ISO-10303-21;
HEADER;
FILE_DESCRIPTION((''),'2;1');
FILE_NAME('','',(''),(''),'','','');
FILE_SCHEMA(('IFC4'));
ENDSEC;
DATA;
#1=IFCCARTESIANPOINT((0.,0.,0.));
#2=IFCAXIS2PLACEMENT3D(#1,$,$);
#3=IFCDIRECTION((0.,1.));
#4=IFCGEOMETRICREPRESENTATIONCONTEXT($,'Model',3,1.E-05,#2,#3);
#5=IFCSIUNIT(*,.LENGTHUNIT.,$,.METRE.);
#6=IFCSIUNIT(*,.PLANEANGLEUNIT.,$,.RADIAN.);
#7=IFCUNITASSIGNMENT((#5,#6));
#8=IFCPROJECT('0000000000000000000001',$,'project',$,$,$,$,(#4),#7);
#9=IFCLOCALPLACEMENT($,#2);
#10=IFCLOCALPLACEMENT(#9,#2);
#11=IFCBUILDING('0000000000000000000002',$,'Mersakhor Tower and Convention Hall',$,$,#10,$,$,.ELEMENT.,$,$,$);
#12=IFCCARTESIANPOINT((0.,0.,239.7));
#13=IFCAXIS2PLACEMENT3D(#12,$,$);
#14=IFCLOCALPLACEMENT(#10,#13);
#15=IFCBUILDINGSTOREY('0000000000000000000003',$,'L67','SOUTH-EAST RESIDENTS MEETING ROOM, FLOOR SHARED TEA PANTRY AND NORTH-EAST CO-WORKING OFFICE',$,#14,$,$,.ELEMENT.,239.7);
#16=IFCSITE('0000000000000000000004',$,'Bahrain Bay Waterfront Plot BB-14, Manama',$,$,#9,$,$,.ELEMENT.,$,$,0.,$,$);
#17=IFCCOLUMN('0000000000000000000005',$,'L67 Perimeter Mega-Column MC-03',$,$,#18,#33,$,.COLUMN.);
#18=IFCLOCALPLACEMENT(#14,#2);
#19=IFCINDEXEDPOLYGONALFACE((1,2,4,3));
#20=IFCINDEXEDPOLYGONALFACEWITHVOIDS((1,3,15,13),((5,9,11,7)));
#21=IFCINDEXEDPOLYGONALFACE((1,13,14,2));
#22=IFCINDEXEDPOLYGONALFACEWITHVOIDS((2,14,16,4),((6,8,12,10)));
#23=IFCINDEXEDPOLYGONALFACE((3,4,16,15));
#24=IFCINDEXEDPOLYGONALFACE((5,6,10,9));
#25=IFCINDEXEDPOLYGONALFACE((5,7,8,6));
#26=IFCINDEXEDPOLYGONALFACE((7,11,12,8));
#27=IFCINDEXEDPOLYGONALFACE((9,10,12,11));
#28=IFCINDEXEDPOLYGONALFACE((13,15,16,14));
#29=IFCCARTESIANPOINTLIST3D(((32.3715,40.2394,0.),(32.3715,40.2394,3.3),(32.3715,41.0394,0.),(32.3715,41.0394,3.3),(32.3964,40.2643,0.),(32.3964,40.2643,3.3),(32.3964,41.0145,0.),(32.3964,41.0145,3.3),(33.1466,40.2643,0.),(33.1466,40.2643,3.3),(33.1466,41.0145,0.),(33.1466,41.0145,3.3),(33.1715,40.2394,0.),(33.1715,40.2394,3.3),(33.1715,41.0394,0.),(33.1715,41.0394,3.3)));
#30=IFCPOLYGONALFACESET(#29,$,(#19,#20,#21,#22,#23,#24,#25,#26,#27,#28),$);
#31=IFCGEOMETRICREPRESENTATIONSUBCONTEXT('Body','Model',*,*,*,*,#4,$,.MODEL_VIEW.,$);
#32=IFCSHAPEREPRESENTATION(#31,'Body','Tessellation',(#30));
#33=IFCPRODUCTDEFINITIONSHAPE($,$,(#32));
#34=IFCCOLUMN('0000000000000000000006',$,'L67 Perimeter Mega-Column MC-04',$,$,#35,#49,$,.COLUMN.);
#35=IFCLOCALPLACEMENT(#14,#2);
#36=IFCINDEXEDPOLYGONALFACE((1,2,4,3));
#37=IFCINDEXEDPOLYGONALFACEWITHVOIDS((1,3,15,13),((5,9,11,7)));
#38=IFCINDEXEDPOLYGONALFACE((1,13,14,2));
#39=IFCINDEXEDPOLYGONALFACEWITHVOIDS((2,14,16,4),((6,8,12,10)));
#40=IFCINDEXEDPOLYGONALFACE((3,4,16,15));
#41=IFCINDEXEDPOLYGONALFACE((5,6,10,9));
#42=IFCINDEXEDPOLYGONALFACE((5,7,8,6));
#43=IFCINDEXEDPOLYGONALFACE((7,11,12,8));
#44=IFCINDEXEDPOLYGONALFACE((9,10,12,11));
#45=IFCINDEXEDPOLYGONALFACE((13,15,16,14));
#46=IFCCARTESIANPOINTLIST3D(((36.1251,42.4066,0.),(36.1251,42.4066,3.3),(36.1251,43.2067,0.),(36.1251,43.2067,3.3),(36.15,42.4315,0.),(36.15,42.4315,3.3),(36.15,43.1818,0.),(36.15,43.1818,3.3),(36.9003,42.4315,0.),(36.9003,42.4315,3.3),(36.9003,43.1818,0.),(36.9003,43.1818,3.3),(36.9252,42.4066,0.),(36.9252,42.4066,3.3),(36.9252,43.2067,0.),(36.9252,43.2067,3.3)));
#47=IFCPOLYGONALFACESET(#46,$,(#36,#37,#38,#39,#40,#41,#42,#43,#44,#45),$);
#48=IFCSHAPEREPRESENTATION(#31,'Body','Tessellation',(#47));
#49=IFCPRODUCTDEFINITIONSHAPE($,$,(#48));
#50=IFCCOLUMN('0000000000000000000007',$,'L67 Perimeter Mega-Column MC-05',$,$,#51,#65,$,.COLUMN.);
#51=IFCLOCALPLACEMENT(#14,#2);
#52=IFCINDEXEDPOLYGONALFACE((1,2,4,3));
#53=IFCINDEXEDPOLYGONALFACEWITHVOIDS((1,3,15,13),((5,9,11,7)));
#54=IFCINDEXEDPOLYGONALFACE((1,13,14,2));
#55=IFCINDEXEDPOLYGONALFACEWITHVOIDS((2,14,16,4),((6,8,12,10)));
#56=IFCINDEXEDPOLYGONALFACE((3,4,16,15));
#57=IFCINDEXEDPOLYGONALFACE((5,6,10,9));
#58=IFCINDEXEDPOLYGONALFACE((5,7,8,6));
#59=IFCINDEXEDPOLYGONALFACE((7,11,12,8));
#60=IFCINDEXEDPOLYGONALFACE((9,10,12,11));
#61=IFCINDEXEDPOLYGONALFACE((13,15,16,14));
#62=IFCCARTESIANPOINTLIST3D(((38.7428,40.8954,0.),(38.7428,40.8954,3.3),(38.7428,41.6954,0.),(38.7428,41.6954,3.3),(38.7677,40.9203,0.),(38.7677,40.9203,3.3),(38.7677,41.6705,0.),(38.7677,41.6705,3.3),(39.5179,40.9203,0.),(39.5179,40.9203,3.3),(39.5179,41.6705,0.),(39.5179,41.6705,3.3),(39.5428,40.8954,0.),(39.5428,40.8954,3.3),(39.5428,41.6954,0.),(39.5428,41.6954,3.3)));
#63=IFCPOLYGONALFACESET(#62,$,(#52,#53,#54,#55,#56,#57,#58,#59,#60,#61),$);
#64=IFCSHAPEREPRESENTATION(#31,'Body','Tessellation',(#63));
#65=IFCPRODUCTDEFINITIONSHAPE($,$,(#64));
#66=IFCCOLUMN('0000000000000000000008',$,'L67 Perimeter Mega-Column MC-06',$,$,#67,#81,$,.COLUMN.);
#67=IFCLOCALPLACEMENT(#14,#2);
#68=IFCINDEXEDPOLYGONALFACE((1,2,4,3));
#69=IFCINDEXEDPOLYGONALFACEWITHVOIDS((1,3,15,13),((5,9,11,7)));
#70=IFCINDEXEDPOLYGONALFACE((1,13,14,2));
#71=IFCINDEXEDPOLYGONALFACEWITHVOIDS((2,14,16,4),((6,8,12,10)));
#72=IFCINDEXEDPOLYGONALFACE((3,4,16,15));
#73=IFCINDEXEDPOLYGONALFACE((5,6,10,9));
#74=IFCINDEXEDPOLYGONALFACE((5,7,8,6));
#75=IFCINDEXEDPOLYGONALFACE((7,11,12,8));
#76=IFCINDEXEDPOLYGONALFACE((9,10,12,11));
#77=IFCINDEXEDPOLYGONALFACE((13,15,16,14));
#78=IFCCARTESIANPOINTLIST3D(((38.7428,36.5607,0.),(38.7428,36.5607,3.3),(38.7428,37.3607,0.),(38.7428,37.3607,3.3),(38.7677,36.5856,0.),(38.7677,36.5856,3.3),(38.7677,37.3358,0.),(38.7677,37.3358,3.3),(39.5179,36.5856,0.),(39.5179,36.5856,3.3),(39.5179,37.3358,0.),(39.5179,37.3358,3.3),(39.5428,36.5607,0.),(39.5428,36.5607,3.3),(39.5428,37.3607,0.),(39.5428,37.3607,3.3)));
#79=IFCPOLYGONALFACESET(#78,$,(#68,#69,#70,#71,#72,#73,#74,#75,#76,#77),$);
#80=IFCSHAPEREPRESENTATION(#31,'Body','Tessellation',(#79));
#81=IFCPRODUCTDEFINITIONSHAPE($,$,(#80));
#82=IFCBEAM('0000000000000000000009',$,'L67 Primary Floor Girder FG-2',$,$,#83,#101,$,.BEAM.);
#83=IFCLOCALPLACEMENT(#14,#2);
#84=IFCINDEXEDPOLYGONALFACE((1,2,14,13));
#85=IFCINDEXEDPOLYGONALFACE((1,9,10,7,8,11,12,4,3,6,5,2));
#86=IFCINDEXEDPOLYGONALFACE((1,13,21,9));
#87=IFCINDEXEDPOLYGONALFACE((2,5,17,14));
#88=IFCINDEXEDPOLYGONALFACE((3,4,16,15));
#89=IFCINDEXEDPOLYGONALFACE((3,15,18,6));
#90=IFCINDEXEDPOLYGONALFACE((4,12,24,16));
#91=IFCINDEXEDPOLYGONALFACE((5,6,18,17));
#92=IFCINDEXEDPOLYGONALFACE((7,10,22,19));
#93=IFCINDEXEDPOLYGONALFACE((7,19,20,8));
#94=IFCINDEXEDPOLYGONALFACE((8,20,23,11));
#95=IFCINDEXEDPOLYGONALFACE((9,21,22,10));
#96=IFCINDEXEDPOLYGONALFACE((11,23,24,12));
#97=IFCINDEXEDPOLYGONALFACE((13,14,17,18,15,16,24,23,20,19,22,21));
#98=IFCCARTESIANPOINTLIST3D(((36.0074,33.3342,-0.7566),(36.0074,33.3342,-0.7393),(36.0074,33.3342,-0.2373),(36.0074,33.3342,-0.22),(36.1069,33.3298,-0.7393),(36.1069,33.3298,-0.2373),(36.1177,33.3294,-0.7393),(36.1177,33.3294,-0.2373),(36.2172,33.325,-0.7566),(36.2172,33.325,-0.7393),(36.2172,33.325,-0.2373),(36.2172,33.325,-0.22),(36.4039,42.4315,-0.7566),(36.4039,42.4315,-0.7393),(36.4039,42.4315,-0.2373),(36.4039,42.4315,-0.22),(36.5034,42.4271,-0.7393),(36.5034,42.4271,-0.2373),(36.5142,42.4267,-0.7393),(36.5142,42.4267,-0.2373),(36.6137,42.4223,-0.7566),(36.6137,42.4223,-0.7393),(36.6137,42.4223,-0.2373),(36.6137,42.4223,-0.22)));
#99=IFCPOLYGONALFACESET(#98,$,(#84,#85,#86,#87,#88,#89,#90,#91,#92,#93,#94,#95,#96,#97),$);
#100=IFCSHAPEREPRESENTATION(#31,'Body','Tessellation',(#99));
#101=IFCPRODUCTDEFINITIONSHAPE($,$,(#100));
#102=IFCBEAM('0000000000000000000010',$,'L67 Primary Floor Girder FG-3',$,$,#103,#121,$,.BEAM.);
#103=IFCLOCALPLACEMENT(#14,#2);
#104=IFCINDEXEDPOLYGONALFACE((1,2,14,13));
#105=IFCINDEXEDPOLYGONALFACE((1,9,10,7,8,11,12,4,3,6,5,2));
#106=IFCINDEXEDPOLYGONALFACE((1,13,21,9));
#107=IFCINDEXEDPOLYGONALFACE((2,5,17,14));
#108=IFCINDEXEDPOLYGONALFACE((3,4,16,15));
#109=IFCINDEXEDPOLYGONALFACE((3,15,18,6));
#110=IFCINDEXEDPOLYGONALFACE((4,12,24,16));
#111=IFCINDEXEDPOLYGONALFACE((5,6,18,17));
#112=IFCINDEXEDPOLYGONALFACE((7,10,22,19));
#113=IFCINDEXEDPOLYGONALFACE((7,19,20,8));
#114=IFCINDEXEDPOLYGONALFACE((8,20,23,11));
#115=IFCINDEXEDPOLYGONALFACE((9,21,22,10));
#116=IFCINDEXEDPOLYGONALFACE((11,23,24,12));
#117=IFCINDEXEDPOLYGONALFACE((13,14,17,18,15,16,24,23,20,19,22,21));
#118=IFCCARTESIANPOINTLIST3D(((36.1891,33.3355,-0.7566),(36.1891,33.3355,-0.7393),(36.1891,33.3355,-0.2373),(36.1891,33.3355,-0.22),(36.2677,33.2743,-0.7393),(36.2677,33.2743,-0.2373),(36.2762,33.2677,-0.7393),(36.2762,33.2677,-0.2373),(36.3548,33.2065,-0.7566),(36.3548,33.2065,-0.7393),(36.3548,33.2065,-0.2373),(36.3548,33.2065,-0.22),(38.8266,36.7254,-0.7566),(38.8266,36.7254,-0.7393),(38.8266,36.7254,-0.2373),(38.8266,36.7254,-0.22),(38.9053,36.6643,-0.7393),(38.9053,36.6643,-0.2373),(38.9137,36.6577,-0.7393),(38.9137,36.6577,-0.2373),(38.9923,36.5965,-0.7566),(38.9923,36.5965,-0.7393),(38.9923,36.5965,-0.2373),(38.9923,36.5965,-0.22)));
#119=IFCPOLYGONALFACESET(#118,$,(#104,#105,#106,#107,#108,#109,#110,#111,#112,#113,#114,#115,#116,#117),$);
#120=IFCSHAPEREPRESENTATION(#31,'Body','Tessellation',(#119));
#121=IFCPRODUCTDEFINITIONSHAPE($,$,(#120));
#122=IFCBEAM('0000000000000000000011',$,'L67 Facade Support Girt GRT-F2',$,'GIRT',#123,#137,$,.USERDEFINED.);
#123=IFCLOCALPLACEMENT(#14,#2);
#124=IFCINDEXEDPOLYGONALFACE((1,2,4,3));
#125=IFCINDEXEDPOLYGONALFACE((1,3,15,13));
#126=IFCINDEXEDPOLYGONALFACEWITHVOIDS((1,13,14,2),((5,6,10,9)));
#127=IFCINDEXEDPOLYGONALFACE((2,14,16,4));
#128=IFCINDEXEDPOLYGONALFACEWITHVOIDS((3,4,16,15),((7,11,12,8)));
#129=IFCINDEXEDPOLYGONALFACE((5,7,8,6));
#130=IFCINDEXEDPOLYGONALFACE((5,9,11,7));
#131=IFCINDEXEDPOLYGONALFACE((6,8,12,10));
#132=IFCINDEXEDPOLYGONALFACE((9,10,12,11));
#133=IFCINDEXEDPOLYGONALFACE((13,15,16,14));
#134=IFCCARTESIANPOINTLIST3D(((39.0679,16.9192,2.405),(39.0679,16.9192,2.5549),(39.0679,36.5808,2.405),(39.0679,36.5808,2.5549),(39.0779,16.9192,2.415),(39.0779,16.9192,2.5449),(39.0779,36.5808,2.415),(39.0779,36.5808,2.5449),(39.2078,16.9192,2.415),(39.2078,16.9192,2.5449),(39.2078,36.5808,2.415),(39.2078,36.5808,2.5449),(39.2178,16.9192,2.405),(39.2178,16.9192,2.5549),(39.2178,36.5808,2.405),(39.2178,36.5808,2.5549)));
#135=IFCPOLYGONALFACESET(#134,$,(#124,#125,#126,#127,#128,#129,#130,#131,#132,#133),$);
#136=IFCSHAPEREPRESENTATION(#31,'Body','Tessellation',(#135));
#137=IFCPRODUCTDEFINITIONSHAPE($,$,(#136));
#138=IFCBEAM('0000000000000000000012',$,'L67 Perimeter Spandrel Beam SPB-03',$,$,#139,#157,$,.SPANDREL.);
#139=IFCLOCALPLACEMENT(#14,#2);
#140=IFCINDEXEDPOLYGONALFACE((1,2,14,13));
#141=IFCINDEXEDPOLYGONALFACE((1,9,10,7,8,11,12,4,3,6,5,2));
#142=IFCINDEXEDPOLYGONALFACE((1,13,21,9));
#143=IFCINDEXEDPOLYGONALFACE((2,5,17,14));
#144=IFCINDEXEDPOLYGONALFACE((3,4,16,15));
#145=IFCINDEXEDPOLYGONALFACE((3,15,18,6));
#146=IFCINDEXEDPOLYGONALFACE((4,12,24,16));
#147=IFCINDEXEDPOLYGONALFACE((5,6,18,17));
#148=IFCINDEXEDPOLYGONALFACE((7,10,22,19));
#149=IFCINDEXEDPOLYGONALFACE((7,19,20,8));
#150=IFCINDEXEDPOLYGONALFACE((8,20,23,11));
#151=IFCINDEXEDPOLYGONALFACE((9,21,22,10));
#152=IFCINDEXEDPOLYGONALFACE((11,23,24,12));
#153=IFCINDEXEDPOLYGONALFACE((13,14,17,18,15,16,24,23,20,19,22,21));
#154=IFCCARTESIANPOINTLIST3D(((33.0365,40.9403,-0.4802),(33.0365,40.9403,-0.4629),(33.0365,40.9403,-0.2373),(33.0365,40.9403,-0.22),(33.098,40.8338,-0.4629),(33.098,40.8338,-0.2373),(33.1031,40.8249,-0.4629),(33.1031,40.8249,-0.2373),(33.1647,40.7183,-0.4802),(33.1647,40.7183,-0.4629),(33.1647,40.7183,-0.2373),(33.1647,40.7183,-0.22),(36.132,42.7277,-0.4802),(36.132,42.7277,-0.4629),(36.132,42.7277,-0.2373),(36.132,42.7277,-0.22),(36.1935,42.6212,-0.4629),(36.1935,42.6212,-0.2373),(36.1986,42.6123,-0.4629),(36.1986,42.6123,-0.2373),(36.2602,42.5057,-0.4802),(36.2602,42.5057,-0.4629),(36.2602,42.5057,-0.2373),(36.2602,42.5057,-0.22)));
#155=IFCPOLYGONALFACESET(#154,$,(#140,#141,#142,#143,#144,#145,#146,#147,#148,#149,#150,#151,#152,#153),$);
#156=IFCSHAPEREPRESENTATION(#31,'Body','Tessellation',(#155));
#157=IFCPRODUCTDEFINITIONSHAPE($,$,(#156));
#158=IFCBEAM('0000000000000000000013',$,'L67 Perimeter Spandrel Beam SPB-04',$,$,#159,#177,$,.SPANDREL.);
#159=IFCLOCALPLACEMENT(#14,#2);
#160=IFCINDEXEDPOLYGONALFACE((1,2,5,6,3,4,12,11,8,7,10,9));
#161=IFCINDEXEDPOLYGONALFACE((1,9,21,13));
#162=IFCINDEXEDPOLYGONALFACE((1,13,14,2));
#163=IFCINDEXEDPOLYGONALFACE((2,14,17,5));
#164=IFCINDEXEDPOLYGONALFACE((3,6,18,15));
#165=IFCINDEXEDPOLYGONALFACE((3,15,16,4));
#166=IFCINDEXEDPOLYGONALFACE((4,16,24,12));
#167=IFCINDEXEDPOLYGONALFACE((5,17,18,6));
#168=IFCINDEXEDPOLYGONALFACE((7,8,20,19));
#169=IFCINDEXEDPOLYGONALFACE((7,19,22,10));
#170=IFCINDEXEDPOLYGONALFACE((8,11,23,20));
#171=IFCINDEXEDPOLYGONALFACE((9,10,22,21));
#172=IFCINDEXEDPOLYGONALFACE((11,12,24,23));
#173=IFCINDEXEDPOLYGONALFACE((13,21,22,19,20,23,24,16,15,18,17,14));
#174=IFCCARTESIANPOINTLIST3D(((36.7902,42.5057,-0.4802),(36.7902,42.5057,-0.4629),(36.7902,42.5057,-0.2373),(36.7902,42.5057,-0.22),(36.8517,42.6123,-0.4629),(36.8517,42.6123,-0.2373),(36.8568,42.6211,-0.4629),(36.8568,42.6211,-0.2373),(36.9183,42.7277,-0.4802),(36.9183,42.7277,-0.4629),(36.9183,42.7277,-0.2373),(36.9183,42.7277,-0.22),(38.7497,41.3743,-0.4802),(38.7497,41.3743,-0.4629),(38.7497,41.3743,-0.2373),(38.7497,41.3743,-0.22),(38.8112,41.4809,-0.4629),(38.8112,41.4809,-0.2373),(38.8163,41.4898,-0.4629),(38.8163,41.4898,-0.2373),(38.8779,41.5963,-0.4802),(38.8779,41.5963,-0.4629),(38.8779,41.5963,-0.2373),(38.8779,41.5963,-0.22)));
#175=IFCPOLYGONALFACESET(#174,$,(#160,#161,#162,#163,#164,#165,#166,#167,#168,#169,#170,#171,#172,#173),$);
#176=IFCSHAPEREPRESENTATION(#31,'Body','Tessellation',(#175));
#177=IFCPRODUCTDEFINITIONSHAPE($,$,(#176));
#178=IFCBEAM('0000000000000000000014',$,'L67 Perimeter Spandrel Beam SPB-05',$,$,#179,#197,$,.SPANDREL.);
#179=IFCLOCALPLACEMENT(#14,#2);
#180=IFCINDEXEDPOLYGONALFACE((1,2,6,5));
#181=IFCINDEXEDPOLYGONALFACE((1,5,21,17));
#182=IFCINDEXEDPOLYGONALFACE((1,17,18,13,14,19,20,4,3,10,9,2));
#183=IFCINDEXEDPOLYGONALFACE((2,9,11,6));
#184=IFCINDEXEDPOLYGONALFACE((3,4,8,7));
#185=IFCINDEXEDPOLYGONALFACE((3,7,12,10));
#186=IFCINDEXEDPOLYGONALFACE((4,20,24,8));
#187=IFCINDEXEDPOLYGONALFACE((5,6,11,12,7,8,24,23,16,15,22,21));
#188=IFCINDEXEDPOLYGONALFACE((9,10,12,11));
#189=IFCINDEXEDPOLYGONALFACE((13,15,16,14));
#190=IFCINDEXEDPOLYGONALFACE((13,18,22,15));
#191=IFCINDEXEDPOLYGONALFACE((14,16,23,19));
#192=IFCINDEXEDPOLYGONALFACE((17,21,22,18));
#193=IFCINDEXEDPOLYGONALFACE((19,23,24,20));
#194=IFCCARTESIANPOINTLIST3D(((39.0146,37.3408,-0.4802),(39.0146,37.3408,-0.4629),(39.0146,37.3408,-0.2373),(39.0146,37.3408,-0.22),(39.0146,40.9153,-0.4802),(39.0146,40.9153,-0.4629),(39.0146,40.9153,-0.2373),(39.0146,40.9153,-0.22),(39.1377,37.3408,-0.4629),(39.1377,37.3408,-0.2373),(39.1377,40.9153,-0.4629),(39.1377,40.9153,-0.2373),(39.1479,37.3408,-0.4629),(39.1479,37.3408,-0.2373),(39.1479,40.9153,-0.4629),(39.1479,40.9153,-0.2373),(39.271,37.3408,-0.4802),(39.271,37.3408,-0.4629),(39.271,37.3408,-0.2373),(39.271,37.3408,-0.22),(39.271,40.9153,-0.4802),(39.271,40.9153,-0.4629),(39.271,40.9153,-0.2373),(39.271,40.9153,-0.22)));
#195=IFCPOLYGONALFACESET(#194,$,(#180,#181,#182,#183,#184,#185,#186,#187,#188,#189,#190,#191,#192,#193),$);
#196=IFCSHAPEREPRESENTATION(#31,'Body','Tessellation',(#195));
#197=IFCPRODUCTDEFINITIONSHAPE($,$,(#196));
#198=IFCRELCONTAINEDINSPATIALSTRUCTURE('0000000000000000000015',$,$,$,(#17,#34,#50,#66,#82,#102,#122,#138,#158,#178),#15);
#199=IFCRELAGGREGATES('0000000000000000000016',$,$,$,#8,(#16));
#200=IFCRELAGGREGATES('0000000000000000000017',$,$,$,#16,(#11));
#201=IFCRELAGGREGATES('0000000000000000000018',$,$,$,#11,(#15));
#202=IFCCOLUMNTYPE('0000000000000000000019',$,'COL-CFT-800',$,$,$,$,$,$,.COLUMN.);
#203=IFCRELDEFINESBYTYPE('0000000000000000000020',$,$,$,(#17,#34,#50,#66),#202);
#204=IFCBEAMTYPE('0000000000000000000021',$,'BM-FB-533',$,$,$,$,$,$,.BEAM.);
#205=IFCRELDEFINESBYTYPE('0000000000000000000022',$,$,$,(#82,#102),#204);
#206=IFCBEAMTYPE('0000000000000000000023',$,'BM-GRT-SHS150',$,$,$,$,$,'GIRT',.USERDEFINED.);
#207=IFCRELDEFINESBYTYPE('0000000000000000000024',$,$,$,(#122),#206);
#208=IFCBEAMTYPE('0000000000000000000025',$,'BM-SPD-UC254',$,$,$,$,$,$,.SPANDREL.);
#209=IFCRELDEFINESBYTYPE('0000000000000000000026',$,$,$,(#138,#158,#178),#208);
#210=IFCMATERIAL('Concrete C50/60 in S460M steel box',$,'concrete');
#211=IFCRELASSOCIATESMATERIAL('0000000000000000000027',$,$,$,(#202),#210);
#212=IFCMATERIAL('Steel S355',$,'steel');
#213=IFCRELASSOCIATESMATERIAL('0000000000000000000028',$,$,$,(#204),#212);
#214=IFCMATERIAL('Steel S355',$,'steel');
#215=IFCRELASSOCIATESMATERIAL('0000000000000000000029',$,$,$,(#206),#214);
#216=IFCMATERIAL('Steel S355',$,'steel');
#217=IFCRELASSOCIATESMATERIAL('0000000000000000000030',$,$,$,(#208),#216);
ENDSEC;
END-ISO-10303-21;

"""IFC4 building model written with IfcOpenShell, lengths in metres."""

from ifc_helpers import new_model, si_unit, direction, frame, origin, origin_2d, place, context, subcontext, project, spatial, hollow_rectangle, i_section, extrude, material, material_profile, profile_set, type_object, element, save


model = new_model("IFC4")

# Units and contexts
model_context = context("Model", 3, precision=1e-05, world=origin(), true_north=direction((0.0, 1.0)))
body_context = subcontext(model_context, "Body", "Model", "MODEL_VIEW")
ifc_project = project(units=[si_unit("LENGTHUNIT", "METRE"), si_unit("PLANEANGLEUNIT", "RADIAN")], contexts=[model_context])

# Site, building, storey
site_placement = place(None, origin())
site = spatial("IfcSite", under=ifc_project, at=site_placement, Name="Bahrain Bay Waterfront Plot BB-14, Manama", CompositionType="ELEMENT", RefElevation=0.0)
building_placement = place(site_placement, origin())
building = spatial("IfcBuilding", under=site, at=building_placement, Name="Mersakhor Tower and Convention Hall", CompositionType="ELEMENT")
storey_placement = place(building_placement, frame((0.0, 0.0, 239.7)))
storey = spatial("IfcBuildingStorey", under=building, at=storey_placement, Name="L67", Description="SOUTH-EAST RESIDENTS MEETING ROOM, FLOOR SHARED TEA PANTRY AND NORTH-EAST CO-WORKING OFFICE", CompositionType="ELEMENT", Elevation=239.7)

# Columns
ifc_material_1 = material(Name="Concrete C50/60 in S460M steel box", Category="concrete")
ifc_material_profile_1 = material_profile(ifc_material_1, hollow_rectangle(XDim=0.8, YDim=0.8, WallThickness=0.0249, at=origin_2d()), Name="SHS 800x800x25")
ifc_profile_set_1 = profile_set([ifc_material_profile_1], Name="Concrete C50/60 in S460M steel box")
column_type = type_object("IfcColumnType", Name="COL-CFT-800", PredefinedType="COLUMN", material=ifc_profile_set_1)
for number, where, z_axis, x_axis, name in (
    (1, (32.7715, 40.6394, 0.0), (0.0, 0.0, 1.0), (1.0, 0.0, 0.0), "L67 Perimeter Mega-Column MC-03"),
    (2, (36.5251, 42.8066, 0.0), (0.0, 0.0, 1.0), (1.0, 0.0, 0.0), "L67 Perimeter Mega-Column MC-04"),
    (3, (39.1428, 41.2954, 0.0), (0.0, 0.0, 1.0), (1.0, 0.0, 0.0), "L67 Perimeter Mega-Column MC-05"),
    (4, (39.1428, 36.9607, 0.0), (0.0, 0.0, 1.0), (1.0, 0.0, 0.0), "L67 Perimeter Mega-Column MC-06"),
):
    element("IfcColumn", number, at=place(storey_placement, frame(where, z_axis=z_axis, x_axis=x_axis)), inside=storey, type_object=column_type, Name=name, PredefinedType="COLUMN", context=body_context, shape_type="SweptSolid", body=[
        extrude(hollow_rectangle(XDim=0.8, YDim=0.8, WallThickness=0.0249, at=origin_2d()), origin(), (0.0, 0.0, 1.0), 3.3),
    ])

# Beams
ifc_material_2 = material(Name="Steel S355", Category="steel")
ifc_material_profile_2 = material_profile(ifc_material_2, i_section(OverallWidth=0.21, OverallDepth=0.5366, WebThickness=0.0107, FlangeThickness=0.0173, at=origin_2d()), Name="UB 533x210x101")
ifc_profile_set_2 = profile_set([ifc_material_profile_2], Name="Steel S355")
beam_type_1 = type_object("IfcBeamType", Name="BM-FB-533", PredefinedType="BEAM", material=ifc_profile_set_2)
beam_1_placement = place(storey_placement, frame((36.1123, 33.3296, -0.4883), z_axis=(0.043541, 0.999052, 0.0), x_axis=(-0.999052, 0.043541, 0.0)))
element("IfcBeam", 5, at=beam_1_placement, inside=storey, type_object=beam_type_1, Name="L67 Primary Floor Girder FG-2", PredefinedType="BEAM", context=body_context, shape_type="SweptSolid", body=[
    extrude(i_section(OverallWidth=0.21, OverallDepth=0.5366, WebThickness=0.0107, FlangeThickness=0.0173, at=origin_2d()), origin(), (0.0, 0.0, 1.0), 9.106),
])
beam_2_placement = place(storey_placement, frame((36.272, 33.271, -0.4883), z_axis=(0.614067, 0.789254, 0.0), x_axis=(-0.789254, 0.614067, 0.0)))
element("IfcBeam", 6, at=beam_2_placement, inside=storey, type_object=beam_type_1, Name="L67 Primary Floor Girder FG-3", PredefinedType="BEAM", context=body_context, shape_type="SweptSolid", body=[
    extrude(i_section(OverallWidth=0.21, OverallDepth=0.5366, WebThickness=0.0107, FlangeThickness=0.0173, at=origin_2d()), origin(), (0.0, 0.0, 1.0), 4.2952),
])
ifc_material_3 = material(Name="Steel S355", Category="steel")
ifc_material_profile_3 = material_profile(ifc_material_3, hollow_rectangle(XDim=0.1499, YDim=0.1499, WallThickness=0.01, at=origin_2d()), Name="SHS 150x150x10")
ifc_profile_set_3 = profile_set([ifc_material_profile_3], Name="Steel S355")
beam_type_2 = type_object("IfcBeamType", Name="BM-GRT-SHS150", ElementType="GIRT", PredefinedType="USERDEFINED", material=ifc_profile_set_3)
beam_3_placement = place(storey_placement, frame((39.1428, 36.5808, 2.48), z_axis=(0.0, -1.0, 0.0), x_axis=(1.0, 0.0, 0.0)))
element("IfcBeam", 7, at=beam_3_placement, inside=storey, type_object=beam_type_2, Name="L67 Facade Support Girt GRT-F2", ObjectType="GIRT", PredefinedType="USERDEFINED", context=body_context, shape_type="SweptSolid", body=[
    extrude(hollow_rectangle(XDim=0.1499, YDim=0.1499, WallThickness=0.01, at=origin_2d()), origin(), (0.0, 0.0, 1.0), 19.6616),
])
ifc_material_4 = material(Name="Steel S355", Category="steel")
ifc_material_profile_4 = material_profile(ifc_material_4, i_section(OverallWidth=0.2563, OverallDepth=0.2603, WebThickness=0.0103, FlangeThickness=0.0173, at=origin_2d()), Name="UC 254x254x89")
ifc_profile_set_4 = profile_set([ifc_material_profile_4], Name="Steel S355")
beam_type_3 = type_object("IfcBeamType", Name="BM-SPD-UC254", PredefinedType="SPANDREL", material=ifc_profile_set_4)
beam_4_placement = place(storey_placement, frame((33.1006, 40.8293, -0.3501), z_axis=(0.866002, 0.50004, 0.0), x_axis=(-0.50004, 0.866002, 0.0)))
element("IfcBeam", 8, at=beam_4_placement, inside=storey, type_object=beam_type_3, Name="L67 Perimeter Spandrel Beam SPB-03", PredefinedType="SPANDREL", context=body_context, shape_type="SweptSolid", body=[
    extrude(i_section(OverallWidth=0.2563, OverallDepth=0.2603, WebThickness=0.0103, FlangeThickness=0.0173, at=origin_2d()), origin(), (0.0, 0.0, 1.0), 3.5745),
])
beam_5_placement = place(storey_placement, frame((36.8542, 42.6167, -0.3501), z_axis=(0.866017, -0.500015, 0.0), x_axis=(0.500015, 0.866017, 0.0)))
element("IfcBeam", 9, at=beam_5_placement, inside=storey, type_object=beam_type_3, Name="L67 Perimeter Spandrel Beam SPB-04", PredefinedType="SPANDREL", context=body_context, shape_type="SweptSolid", body=[
    extrude(i_section(OverallWidth=0.2563, OverallDepth=0.2603, WebThickness=0.0103, FlangeThickness=0.0173, at=origin_2d()), origin(), (0.0, 0.0, 1.0), 2.2627),
])
beam_6_placement = place(storey_placement, frame((39.1428, 40.9153, -0.3501), z_axis=(0.0, -1.0, 0.0), x_axis=(1.0, 0.0, 0.0)))
element("IfcBeam", 10, at=beam_6_placement, inside=storey, type_object=beam_type_3, Name="L67 Perimeter Spandrel Beam SPB-05", PredefinedType="SPANDREL", context=body_context, shape_type="SweptSolid", body=[
    extrude(i_section(OverallWidth=0.2563, OverallDepth=0.2603, WebThickness=0.0103, FlangeThickness=0.0173, at=origin_2d()), origin(), (0.0, 0.0, 1.0), 3.5745),
])

save(model, "model.ifc")
